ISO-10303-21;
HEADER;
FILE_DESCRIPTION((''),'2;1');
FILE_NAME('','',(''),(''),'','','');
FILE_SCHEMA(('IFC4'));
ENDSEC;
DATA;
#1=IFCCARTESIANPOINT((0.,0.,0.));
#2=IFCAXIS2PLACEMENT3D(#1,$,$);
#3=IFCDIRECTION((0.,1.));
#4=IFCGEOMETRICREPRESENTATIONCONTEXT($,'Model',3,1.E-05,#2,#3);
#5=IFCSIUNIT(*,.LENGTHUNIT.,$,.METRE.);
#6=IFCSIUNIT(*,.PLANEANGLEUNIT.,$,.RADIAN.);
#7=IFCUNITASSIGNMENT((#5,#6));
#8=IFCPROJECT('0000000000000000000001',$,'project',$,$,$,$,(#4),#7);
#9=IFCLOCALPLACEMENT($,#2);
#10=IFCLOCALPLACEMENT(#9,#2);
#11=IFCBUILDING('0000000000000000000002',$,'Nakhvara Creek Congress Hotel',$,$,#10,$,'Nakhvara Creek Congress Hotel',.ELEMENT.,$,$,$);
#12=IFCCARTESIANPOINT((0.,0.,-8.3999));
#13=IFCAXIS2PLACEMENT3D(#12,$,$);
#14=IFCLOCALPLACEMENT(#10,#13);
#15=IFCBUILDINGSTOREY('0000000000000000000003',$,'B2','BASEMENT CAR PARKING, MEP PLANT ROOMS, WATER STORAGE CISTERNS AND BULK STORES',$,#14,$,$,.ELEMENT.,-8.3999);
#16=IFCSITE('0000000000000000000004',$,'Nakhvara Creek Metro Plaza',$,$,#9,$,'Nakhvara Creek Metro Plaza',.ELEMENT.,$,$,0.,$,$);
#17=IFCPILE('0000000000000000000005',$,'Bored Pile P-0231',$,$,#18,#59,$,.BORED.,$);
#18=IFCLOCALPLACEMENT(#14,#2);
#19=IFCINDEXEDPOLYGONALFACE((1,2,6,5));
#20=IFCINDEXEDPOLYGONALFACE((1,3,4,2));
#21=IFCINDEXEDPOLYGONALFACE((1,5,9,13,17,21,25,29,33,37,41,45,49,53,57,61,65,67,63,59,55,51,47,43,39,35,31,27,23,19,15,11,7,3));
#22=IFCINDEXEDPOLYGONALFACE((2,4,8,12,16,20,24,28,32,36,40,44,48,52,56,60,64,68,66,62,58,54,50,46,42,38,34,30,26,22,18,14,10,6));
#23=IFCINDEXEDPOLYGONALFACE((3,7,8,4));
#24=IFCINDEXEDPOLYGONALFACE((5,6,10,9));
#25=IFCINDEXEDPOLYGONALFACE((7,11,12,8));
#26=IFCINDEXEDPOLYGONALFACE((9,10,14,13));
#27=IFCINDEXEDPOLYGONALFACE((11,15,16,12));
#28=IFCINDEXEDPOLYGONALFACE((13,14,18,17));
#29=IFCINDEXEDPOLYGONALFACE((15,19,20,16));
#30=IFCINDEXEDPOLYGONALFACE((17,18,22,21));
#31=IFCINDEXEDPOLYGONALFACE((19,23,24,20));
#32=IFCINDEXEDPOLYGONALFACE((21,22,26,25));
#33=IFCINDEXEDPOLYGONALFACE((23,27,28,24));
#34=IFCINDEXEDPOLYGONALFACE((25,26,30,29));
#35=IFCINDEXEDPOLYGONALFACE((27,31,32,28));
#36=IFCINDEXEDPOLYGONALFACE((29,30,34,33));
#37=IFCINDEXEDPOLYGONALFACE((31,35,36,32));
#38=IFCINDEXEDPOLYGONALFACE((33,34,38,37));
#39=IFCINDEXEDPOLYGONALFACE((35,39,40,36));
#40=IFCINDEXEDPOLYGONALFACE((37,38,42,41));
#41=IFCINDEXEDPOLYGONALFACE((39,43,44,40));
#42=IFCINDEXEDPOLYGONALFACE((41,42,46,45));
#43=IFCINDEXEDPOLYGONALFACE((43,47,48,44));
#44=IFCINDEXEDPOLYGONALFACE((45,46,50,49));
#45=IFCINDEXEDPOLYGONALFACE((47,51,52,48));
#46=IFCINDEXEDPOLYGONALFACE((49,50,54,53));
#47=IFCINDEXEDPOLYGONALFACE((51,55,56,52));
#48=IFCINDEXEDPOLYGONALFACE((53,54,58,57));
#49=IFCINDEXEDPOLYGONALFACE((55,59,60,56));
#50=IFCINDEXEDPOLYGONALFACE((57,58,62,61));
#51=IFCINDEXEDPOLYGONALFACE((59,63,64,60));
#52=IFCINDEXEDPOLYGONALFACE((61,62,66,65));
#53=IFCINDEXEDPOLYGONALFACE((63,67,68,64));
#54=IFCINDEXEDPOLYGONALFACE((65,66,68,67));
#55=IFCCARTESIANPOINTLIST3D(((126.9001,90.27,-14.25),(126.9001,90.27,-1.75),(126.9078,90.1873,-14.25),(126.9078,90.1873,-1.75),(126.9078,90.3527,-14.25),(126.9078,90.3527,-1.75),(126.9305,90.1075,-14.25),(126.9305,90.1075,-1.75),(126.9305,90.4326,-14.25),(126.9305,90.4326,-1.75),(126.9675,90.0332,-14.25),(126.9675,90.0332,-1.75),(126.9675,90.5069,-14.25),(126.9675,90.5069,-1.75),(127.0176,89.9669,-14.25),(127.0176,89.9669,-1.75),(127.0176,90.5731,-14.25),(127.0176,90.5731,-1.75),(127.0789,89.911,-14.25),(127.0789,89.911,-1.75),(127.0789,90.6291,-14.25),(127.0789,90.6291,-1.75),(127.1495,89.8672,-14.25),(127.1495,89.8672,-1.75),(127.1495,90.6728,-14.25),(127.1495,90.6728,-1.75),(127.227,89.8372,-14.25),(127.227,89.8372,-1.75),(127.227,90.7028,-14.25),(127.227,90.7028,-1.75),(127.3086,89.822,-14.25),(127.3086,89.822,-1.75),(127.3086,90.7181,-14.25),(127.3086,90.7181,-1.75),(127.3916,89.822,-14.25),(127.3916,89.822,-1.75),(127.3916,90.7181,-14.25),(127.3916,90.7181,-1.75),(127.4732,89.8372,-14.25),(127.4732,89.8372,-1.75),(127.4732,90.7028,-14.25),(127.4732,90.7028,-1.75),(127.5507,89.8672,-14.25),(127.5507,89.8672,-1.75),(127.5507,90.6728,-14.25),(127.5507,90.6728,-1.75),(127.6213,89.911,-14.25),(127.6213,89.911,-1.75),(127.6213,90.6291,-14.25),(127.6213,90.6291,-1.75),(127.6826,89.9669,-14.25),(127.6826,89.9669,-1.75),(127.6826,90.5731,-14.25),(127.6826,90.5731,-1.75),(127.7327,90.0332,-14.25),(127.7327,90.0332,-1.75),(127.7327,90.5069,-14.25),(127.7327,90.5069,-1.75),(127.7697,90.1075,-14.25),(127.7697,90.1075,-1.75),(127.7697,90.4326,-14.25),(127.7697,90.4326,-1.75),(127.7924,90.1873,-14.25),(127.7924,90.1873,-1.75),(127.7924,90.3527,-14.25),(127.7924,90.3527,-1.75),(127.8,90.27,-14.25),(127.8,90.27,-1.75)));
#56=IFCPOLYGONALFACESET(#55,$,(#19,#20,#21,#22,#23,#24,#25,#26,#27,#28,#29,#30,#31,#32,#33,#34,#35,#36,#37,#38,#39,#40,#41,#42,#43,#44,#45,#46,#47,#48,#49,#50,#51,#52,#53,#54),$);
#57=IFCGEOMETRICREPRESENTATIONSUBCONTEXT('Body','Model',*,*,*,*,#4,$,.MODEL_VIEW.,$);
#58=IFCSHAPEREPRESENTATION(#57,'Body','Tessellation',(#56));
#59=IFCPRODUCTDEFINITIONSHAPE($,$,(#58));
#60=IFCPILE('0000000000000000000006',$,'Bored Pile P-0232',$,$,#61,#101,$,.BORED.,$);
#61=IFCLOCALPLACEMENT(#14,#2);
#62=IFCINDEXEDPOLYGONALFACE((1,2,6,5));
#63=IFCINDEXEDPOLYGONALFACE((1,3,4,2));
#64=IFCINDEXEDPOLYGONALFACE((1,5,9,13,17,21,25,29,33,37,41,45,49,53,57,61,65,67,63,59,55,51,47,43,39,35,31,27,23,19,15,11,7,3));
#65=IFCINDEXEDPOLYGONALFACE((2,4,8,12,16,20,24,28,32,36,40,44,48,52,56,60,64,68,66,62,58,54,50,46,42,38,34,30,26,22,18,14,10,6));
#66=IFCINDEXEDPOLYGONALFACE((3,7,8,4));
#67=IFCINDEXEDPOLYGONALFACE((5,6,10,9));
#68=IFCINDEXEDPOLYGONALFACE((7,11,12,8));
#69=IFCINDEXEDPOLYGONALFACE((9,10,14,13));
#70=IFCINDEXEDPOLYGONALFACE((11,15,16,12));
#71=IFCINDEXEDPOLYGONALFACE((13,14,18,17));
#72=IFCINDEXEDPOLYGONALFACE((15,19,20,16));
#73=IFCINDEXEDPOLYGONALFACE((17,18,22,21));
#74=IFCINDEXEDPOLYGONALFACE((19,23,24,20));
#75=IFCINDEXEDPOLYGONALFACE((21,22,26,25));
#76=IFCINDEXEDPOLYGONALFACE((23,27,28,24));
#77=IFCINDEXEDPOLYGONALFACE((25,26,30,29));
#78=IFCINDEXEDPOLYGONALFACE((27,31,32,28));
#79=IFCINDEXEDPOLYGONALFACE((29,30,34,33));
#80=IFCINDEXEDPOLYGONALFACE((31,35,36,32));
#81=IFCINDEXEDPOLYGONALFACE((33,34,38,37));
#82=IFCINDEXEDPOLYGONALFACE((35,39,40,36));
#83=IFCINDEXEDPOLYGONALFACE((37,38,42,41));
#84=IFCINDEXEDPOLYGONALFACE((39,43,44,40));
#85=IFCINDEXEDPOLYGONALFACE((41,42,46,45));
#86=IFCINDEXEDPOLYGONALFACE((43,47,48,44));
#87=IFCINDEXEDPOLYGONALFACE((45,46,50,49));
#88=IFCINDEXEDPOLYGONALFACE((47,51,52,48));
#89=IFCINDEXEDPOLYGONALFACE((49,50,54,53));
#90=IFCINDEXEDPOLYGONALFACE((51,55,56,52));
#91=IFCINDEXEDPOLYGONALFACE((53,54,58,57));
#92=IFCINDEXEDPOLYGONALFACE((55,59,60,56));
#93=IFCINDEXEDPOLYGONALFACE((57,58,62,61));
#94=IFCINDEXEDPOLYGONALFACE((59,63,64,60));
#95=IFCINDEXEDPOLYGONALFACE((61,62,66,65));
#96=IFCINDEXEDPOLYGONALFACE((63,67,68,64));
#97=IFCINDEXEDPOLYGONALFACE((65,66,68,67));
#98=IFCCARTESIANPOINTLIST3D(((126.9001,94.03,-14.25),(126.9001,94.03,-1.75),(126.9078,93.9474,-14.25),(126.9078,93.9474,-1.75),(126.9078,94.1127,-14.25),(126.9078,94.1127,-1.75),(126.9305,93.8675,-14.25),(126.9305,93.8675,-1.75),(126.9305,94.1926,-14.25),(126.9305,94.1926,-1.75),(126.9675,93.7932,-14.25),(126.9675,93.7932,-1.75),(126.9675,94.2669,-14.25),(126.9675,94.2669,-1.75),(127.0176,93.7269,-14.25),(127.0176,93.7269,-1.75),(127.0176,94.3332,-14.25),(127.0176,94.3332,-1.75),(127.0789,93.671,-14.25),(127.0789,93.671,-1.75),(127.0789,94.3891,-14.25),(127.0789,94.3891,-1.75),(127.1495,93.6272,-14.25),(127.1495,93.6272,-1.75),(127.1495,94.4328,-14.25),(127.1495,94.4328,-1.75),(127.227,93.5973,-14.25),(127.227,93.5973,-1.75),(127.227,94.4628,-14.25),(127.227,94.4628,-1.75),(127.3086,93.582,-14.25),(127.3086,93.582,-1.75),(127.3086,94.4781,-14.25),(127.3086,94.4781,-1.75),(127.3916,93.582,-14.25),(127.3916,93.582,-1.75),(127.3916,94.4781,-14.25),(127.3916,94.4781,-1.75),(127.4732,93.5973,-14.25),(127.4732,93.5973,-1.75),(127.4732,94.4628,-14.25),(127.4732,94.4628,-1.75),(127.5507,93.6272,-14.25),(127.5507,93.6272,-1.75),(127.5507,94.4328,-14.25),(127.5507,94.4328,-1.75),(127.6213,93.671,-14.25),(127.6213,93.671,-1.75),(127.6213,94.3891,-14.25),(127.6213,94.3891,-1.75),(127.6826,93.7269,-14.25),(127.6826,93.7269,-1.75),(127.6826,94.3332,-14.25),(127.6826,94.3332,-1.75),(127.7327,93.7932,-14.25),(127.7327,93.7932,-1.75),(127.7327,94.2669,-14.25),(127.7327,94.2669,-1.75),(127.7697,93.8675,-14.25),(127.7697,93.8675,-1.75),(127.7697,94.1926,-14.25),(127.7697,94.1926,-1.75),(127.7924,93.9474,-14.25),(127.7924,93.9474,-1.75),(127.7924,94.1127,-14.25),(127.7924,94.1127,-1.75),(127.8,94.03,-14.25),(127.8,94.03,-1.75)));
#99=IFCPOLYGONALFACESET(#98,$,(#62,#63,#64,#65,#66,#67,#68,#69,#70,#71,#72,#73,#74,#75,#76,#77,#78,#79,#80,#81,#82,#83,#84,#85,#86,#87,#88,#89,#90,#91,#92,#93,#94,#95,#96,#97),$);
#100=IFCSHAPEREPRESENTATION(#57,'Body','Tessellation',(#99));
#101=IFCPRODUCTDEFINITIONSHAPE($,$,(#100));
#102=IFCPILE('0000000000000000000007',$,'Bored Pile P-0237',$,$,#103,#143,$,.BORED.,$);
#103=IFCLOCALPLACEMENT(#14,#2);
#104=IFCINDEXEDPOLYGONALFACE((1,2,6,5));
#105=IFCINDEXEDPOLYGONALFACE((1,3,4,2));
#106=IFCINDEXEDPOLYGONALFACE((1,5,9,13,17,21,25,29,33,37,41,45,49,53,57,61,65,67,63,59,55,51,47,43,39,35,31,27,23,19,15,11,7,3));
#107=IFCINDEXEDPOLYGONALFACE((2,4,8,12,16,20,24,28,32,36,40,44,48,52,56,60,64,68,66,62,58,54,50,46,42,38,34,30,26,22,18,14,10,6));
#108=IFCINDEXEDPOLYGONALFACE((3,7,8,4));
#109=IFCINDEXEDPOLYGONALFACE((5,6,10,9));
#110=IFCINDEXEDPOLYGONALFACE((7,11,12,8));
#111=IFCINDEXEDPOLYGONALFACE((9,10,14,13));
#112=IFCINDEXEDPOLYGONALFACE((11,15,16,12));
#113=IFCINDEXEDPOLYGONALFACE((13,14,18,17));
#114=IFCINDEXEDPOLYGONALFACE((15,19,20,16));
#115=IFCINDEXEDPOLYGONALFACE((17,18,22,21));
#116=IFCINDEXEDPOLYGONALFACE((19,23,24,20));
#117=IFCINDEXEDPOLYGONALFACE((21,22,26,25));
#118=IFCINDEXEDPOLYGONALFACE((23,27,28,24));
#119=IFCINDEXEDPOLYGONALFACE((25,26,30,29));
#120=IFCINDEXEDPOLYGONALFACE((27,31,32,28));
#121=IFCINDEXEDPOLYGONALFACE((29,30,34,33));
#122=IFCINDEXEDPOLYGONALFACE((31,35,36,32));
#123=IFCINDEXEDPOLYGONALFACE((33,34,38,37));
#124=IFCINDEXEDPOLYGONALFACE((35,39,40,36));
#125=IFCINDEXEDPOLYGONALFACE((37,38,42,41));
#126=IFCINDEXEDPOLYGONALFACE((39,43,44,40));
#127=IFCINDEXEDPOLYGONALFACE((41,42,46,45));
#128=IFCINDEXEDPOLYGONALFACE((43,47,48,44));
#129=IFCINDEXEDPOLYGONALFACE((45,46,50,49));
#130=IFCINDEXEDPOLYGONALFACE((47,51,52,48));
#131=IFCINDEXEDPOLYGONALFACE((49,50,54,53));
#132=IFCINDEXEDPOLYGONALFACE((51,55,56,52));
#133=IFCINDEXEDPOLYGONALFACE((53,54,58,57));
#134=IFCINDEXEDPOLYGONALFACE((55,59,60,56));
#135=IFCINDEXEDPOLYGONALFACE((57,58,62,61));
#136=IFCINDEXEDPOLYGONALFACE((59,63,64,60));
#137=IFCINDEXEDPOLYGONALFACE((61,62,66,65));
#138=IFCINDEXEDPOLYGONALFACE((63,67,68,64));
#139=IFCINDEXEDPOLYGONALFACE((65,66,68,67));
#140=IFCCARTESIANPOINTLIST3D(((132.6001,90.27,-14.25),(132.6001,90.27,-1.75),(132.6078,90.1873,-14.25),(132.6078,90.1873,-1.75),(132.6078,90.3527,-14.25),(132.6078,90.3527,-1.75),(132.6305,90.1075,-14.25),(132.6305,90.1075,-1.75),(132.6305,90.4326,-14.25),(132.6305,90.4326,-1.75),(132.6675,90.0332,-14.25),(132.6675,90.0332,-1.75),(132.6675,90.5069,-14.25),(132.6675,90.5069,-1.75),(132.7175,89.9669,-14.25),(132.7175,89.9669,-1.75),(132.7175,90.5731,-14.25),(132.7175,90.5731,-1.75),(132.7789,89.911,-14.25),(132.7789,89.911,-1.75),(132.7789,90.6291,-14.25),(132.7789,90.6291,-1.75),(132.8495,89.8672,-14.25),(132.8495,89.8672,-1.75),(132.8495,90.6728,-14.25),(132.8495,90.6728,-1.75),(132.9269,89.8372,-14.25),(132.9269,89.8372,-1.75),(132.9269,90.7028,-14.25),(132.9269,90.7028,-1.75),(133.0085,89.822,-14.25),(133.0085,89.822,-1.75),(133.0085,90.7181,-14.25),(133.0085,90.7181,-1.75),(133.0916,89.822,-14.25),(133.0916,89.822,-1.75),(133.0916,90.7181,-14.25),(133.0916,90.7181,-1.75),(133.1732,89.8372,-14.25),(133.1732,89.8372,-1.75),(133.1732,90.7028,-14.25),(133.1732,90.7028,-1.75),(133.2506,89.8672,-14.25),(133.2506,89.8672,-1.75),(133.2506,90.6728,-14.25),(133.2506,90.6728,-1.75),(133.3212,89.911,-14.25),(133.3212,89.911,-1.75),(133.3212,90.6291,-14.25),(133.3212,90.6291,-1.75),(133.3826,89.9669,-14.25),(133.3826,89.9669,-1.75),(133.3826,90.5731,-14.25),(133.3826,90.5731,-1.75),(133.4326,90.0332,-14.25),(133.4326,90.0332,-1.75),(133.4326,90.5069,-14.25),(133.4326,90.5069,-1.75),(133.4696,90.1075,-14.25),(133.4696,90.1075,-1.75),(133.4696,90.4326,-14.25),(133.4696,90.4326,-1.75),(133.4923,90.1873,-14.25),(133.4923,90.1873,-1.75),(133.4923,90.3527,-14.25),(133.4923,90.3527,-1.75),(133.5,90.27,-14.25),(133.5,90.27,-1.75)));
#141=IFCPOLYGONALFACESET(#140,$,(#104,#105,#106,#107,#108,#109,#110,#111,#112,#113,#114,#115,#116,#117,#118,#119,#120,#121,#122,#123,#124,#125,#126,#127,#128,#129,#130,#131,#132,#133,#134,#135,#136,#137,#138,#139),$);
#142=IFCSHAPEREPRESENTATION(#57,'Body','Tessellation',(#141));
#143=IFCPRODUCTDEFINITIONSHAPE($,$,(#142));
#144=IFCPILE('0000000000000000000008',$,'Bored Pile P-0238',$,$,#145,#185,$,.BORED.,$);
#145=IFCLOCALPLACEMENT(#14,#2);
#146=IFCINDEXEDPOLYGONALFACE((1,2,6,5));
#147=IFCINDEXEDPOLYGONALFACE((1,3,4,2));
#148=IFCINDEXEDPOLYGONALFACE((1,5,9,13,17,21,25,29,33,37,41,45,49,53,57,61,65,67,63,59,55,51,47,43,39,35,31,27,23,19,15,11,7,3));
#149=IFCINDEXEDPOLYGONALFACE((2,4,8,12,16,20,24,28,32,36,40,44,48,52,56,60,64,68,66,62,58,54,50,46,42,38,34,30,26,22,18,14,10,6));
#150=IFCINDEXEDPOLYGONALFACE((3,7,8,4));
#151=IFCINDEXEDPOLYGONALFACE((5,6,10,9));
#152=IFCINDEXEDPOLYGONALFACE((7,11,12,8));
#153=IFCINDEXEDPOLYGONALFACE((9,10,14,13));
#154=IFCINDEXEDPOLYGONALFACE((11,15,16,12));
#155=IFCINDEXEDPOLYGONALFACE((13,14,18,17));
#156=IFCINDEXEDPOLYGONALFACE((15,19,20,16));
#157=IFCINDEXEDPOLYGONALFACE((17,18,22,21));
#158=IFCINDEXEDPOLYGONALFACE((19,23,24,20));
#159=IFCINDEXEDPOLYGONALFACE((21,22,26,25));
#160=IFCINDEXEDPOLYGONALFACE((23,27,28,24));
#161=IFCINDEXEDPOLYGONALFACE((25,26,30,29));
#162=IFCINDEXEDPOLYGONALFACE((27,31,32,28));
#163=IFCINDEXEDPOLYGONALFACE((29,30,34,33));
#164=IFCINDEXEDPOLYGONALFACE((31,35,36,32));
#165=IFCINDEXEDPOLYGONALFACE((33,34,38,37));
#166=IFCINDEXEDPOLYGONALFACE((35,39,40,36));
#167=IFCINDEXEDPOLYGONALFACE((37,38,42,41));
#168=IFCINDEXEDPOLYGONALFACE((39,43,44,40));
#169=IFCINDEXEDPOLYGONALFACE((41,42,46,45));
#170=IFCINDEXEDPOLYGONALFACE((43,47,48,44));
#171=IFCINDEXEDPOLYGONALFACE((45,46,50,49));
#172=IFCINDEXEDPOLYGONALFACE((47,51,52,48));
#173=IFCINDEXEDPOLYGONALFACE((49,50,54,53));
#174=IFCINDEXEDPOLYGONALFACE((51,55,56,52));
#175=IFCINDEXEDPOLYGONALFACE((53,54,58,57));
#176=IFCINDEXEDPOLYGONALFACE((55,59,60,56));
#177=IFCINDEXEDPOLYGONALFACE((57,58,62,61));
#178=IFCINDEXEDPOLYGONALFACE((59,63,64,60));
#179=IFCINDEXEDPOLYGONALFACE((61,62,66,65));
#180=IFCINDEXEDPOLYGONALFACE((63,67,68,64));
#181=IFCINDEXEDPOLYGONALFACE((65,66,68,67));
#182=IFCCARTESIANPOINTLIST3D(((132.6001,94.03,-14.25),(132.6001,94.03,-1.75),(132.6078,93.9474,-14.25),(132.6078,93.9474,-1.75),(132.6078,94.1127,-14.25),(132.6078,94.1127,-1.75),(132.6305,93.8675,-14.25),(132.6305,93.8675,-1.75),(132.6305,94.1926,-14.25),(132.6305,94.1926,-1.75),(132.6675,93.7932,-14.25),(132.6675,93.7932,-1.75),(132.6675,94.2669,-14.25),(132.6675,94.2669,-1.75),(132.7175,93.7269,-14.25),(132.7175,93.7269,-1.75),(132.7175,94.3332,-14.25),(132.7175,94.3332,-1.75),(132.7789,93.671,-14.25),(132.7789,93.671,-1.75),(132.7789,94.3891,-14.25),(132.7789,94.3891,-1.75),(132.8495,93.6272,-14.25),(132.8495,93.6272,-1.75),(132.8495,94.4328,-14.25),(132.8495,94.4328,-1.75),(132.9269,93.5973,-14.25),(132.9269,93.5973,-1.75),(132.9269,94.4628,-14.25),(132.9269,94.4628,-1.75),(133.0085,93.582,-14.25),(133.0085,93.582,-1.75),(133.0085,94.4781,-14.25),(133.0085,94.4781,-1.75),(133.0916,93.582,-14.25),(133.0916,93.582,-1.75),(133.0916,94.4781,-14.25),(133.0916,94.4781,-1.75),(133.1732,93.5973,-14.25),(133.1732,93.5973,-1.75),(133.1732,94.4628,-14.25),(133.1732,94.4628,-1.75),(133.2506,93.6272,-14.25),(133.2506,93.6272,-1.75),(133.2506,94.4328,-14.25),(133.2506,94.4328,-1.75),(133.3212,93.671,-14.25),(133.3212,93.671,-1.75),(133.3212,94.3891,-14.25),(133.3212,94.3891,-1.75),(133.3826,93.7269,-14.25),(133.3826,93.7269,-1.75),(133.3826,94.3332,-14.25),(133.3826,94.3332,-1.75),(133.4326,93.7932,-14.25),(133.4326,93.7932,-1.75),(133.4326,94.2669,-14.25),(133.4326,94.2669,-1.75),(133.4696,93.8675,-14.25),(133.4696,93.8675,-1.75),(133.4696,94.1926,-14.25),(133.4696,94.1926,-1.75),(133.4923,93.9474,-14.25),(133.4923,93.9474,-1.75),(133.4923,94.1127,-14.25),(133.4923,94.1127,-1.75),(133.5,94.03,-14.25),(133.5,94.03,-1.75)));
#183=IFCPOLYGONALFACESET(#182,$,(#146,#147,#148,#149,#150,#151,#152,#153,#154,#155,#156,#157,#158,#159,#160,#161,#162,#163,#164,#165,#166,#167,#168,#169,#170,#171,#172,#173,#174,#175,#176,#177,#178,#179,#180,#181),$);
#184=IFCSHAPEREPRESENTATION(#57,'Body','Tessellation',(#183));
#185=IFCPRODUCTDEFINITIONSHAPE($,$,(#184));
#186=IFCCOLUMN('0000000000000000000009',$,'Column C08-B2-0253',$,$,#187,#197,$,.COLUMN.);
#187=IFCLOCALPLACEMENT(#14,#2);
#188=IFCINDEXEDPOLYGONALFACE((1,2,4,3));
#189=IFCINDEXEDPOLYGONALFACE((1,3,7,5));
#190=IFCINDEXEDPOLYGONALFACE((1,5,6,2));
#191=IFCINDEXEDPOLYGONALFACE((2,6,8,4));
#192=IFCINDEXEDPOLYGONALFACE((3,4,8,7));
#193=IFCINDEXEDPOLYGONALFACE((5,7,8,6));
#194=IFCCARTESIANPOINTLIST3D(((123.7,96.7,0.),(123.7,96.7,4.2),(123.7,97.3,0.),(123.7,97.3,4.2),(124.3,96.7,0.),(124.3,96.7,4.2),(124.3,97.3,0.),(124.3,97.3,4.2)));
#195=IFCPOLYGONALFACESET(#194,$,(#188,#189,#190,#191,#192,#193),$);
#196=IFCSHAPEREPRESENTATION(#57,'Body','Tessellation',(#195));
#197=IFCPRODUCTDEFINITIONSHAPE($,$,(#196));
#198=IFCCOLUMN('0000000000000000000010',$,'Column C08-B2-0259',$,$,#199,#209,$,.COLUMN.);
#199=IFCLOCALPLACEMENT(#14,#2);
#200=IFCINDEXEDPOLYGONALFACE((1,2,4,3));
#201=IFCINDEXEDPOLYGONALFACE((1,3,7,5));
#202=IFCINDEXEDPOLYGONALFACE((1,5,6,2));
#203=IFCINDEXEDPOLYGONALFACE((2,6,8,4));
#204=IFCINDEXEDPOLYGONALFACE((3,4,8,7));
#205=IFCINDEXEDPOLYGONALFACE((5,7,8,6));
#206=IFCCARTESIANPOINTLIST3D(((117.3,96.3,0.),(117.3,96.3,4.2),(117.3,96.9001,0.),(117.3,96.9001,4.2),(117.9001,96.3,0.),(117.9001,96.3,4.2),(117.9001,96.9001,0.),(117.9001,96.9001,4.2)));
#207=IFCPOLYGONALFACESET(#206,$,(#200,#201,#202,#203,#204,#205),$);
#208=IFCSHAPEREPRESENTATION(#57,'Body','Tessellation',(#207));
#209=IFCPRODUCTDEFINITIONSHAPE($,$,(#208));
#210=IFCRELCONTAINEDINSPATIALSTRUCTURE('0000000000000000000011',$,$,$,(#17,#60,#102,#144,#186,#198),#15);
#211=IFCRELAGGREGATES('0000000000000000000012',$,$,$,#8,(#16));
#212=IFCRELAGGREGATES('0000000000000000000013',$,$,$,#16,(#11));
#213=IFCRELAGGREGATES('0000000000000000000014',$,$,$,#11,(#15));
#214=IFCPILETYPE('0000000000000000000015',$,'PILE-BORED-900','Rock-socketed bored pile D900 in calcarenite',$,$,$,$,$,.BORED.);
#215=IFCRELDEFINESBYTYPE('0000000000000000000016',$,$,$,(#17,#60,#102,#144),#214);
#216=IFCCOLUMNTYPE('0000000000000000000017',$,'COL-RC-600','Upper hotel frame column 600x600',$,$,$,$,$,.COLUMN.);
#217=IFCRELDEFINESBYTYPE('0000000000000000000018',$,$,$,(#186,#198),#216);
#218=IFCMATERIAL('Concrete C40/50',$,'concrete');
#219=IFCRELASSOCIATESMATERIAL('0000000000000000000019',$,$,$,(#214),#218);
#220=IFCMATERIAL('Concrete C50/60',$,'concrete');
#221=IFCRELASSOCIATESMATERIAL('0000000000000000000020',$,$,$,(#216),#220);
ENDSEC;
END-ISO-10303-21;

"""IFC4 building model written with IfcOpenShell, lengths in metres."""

from ifc_helpers import new_model, si_unit, direction, frame, origin, origin_2d, place, context, subcontext, project, spatial, rectangle, circle, extrude, material, material_profile, profile_set, type_object, element, save


model = new_model("IFC4")

# Units and contexts
model_context = context("Model", 3, precision=1e-05, world=origin(), true_north=direction((0.0, 1.0)))
body_context = subcontext(model_context, "Body", "Model", "MODEL_VIEW")
ifc_project = project(units=[si_unit("LENGTHUNIT", "METRE"), si_unit("PLANEANGLEUNIT", "RADIAN")], contexts=[model_context])

# Site, building, storey
site_placement = place(None, origin())
site = spatial("IfcSite", under=ifc_project, at=site_placement, Name="Nakhvara Creek Metro Plaza", LongName="Nakhvara Creek Metro Plaza", CompositionType="ELEMENT", RefElevation=0.0)
building_placement = place(site_placement, origin())
building = spatial("IfcBuilding", under=site, at=building_placement, Name="Nakhvara Creek Congress Hotel", LongName="Nakhvara Creek Congress Hotel", CompositionType="ELEMENT")
storey_placement = place(building_placement, frame((0.0, 0.0, -8.3999)))
storey = spatial("IfcBuildingStorey", under=building, at=storey_placement, Name="B2", Description="BASEMENT CAR PARKING, MEP PLANT ROOMS, WATER STORAGE CISTERNS AND BULK STORES", CompositionType="ELEMENT", Elevation=-8.3999)

# Shared definitions
ifc_material_1 = material(Name="Concrete C40/50", Category="concrete")

# Piles
ifc_material_profile_1 = material_profile(ifc_material_1, circle(Radius=0.45, at=origin_2d()), Name="BORED PILE D900", Category="LoadBearing")
ifc_profile_set_1 = profile_set([ifc_material_profile_1], Name="Concrete C40/50")
pile_type = type_object("IfcPileType", Name="PILE-BORED-900", Description="Rock-socketed bored pile D900 in calcarenite", PredefinedType="BORED", material=ifc_profile_set_1)
for number, where, z_axis, x_axis, name in (
    (1, (127.3501, 90.27, -1.75), (0.0, 0.0, -1.0), (1.0, 0.0, 0.0), "Bored Pile P-0231"),
    (2, (127.3501, 94.03, -1.75), (0.0, 0.0, -1.0), (1.0, 0.0, 0.0), "Bored Pile P-0232"),
    (3, (133.05, 90.27, -1.75), (0.0, 0.0, -1.0), (1.0, 0.0, 0.0), "Bored Pile P-0237"),
    (4, (133.05, 94.03, -1.75), (0.0, 0.0, -1.0), (1.0, 0.0, 0.0), "Bored Pile P-0238"),
):
    element("IfcPile", number, at=place(storey_placement, frame(where, z_axis=z_axis, x_axis=x_axis)), inside=storey, type_object=pile_type, Name=name, PredefinedType="BORED", context=body_context, shape_type="SweptSolid", body=[
        extrude(circle(Radius=0.45, at=origin_2d()), origin(), (0.0, 0.0, 1.0), 12.5),
    ])

# Columns
ifc_material_2 = material(Name="Concrete C50/60", Category="concrete")
ifc_material_profile_2 = material_profile(ifc_material_2, rectangle(XDim=0.6001, YDim=0.6001, at=origin_2d()), Name="RC-COL 600x600", Category="LoadBearing")
ifc_profile_set_2 = profile_set([ifc_material_profile_2], Name="Concrete C50/60")
column_type_1 = type_object("IfcColumnType", Name="COL-RC-600", Description="Upper hotel frame column 600x600", PredefinedType="COLUMN", material=ifc_profile_set_2)
for number, where, z_axis, x_axis, name in (
    (5, (124.0, 97.0, 0.0), (0.0, 0.0, 1.0), (1.0, 0.0, 0.0), "Column C08-B2-0253"),
    (6, (117.6001, 96.6001, 0.0), (0.0, 0.0, 1.0), (1.0, 0.0, 0.0), "Column C08-B2-0259"),
):
    element("IfcColumn", number, at=place(storey_placement, frame(where, z_axis=z_axis, x_axis=x_axis)), inside=storey, type_object=column_type_1, Name=name, PredefinedType="COLUMN", context=body_context, shape_type="SweptSolid", body=[
        extrude(rectangle(XDim=0.6001, YDim=0.6001, at=origin_2d()), origin(), (0.0, 0.0, 1.0), 4.2),
    ])

save(model, "model.ifc")
